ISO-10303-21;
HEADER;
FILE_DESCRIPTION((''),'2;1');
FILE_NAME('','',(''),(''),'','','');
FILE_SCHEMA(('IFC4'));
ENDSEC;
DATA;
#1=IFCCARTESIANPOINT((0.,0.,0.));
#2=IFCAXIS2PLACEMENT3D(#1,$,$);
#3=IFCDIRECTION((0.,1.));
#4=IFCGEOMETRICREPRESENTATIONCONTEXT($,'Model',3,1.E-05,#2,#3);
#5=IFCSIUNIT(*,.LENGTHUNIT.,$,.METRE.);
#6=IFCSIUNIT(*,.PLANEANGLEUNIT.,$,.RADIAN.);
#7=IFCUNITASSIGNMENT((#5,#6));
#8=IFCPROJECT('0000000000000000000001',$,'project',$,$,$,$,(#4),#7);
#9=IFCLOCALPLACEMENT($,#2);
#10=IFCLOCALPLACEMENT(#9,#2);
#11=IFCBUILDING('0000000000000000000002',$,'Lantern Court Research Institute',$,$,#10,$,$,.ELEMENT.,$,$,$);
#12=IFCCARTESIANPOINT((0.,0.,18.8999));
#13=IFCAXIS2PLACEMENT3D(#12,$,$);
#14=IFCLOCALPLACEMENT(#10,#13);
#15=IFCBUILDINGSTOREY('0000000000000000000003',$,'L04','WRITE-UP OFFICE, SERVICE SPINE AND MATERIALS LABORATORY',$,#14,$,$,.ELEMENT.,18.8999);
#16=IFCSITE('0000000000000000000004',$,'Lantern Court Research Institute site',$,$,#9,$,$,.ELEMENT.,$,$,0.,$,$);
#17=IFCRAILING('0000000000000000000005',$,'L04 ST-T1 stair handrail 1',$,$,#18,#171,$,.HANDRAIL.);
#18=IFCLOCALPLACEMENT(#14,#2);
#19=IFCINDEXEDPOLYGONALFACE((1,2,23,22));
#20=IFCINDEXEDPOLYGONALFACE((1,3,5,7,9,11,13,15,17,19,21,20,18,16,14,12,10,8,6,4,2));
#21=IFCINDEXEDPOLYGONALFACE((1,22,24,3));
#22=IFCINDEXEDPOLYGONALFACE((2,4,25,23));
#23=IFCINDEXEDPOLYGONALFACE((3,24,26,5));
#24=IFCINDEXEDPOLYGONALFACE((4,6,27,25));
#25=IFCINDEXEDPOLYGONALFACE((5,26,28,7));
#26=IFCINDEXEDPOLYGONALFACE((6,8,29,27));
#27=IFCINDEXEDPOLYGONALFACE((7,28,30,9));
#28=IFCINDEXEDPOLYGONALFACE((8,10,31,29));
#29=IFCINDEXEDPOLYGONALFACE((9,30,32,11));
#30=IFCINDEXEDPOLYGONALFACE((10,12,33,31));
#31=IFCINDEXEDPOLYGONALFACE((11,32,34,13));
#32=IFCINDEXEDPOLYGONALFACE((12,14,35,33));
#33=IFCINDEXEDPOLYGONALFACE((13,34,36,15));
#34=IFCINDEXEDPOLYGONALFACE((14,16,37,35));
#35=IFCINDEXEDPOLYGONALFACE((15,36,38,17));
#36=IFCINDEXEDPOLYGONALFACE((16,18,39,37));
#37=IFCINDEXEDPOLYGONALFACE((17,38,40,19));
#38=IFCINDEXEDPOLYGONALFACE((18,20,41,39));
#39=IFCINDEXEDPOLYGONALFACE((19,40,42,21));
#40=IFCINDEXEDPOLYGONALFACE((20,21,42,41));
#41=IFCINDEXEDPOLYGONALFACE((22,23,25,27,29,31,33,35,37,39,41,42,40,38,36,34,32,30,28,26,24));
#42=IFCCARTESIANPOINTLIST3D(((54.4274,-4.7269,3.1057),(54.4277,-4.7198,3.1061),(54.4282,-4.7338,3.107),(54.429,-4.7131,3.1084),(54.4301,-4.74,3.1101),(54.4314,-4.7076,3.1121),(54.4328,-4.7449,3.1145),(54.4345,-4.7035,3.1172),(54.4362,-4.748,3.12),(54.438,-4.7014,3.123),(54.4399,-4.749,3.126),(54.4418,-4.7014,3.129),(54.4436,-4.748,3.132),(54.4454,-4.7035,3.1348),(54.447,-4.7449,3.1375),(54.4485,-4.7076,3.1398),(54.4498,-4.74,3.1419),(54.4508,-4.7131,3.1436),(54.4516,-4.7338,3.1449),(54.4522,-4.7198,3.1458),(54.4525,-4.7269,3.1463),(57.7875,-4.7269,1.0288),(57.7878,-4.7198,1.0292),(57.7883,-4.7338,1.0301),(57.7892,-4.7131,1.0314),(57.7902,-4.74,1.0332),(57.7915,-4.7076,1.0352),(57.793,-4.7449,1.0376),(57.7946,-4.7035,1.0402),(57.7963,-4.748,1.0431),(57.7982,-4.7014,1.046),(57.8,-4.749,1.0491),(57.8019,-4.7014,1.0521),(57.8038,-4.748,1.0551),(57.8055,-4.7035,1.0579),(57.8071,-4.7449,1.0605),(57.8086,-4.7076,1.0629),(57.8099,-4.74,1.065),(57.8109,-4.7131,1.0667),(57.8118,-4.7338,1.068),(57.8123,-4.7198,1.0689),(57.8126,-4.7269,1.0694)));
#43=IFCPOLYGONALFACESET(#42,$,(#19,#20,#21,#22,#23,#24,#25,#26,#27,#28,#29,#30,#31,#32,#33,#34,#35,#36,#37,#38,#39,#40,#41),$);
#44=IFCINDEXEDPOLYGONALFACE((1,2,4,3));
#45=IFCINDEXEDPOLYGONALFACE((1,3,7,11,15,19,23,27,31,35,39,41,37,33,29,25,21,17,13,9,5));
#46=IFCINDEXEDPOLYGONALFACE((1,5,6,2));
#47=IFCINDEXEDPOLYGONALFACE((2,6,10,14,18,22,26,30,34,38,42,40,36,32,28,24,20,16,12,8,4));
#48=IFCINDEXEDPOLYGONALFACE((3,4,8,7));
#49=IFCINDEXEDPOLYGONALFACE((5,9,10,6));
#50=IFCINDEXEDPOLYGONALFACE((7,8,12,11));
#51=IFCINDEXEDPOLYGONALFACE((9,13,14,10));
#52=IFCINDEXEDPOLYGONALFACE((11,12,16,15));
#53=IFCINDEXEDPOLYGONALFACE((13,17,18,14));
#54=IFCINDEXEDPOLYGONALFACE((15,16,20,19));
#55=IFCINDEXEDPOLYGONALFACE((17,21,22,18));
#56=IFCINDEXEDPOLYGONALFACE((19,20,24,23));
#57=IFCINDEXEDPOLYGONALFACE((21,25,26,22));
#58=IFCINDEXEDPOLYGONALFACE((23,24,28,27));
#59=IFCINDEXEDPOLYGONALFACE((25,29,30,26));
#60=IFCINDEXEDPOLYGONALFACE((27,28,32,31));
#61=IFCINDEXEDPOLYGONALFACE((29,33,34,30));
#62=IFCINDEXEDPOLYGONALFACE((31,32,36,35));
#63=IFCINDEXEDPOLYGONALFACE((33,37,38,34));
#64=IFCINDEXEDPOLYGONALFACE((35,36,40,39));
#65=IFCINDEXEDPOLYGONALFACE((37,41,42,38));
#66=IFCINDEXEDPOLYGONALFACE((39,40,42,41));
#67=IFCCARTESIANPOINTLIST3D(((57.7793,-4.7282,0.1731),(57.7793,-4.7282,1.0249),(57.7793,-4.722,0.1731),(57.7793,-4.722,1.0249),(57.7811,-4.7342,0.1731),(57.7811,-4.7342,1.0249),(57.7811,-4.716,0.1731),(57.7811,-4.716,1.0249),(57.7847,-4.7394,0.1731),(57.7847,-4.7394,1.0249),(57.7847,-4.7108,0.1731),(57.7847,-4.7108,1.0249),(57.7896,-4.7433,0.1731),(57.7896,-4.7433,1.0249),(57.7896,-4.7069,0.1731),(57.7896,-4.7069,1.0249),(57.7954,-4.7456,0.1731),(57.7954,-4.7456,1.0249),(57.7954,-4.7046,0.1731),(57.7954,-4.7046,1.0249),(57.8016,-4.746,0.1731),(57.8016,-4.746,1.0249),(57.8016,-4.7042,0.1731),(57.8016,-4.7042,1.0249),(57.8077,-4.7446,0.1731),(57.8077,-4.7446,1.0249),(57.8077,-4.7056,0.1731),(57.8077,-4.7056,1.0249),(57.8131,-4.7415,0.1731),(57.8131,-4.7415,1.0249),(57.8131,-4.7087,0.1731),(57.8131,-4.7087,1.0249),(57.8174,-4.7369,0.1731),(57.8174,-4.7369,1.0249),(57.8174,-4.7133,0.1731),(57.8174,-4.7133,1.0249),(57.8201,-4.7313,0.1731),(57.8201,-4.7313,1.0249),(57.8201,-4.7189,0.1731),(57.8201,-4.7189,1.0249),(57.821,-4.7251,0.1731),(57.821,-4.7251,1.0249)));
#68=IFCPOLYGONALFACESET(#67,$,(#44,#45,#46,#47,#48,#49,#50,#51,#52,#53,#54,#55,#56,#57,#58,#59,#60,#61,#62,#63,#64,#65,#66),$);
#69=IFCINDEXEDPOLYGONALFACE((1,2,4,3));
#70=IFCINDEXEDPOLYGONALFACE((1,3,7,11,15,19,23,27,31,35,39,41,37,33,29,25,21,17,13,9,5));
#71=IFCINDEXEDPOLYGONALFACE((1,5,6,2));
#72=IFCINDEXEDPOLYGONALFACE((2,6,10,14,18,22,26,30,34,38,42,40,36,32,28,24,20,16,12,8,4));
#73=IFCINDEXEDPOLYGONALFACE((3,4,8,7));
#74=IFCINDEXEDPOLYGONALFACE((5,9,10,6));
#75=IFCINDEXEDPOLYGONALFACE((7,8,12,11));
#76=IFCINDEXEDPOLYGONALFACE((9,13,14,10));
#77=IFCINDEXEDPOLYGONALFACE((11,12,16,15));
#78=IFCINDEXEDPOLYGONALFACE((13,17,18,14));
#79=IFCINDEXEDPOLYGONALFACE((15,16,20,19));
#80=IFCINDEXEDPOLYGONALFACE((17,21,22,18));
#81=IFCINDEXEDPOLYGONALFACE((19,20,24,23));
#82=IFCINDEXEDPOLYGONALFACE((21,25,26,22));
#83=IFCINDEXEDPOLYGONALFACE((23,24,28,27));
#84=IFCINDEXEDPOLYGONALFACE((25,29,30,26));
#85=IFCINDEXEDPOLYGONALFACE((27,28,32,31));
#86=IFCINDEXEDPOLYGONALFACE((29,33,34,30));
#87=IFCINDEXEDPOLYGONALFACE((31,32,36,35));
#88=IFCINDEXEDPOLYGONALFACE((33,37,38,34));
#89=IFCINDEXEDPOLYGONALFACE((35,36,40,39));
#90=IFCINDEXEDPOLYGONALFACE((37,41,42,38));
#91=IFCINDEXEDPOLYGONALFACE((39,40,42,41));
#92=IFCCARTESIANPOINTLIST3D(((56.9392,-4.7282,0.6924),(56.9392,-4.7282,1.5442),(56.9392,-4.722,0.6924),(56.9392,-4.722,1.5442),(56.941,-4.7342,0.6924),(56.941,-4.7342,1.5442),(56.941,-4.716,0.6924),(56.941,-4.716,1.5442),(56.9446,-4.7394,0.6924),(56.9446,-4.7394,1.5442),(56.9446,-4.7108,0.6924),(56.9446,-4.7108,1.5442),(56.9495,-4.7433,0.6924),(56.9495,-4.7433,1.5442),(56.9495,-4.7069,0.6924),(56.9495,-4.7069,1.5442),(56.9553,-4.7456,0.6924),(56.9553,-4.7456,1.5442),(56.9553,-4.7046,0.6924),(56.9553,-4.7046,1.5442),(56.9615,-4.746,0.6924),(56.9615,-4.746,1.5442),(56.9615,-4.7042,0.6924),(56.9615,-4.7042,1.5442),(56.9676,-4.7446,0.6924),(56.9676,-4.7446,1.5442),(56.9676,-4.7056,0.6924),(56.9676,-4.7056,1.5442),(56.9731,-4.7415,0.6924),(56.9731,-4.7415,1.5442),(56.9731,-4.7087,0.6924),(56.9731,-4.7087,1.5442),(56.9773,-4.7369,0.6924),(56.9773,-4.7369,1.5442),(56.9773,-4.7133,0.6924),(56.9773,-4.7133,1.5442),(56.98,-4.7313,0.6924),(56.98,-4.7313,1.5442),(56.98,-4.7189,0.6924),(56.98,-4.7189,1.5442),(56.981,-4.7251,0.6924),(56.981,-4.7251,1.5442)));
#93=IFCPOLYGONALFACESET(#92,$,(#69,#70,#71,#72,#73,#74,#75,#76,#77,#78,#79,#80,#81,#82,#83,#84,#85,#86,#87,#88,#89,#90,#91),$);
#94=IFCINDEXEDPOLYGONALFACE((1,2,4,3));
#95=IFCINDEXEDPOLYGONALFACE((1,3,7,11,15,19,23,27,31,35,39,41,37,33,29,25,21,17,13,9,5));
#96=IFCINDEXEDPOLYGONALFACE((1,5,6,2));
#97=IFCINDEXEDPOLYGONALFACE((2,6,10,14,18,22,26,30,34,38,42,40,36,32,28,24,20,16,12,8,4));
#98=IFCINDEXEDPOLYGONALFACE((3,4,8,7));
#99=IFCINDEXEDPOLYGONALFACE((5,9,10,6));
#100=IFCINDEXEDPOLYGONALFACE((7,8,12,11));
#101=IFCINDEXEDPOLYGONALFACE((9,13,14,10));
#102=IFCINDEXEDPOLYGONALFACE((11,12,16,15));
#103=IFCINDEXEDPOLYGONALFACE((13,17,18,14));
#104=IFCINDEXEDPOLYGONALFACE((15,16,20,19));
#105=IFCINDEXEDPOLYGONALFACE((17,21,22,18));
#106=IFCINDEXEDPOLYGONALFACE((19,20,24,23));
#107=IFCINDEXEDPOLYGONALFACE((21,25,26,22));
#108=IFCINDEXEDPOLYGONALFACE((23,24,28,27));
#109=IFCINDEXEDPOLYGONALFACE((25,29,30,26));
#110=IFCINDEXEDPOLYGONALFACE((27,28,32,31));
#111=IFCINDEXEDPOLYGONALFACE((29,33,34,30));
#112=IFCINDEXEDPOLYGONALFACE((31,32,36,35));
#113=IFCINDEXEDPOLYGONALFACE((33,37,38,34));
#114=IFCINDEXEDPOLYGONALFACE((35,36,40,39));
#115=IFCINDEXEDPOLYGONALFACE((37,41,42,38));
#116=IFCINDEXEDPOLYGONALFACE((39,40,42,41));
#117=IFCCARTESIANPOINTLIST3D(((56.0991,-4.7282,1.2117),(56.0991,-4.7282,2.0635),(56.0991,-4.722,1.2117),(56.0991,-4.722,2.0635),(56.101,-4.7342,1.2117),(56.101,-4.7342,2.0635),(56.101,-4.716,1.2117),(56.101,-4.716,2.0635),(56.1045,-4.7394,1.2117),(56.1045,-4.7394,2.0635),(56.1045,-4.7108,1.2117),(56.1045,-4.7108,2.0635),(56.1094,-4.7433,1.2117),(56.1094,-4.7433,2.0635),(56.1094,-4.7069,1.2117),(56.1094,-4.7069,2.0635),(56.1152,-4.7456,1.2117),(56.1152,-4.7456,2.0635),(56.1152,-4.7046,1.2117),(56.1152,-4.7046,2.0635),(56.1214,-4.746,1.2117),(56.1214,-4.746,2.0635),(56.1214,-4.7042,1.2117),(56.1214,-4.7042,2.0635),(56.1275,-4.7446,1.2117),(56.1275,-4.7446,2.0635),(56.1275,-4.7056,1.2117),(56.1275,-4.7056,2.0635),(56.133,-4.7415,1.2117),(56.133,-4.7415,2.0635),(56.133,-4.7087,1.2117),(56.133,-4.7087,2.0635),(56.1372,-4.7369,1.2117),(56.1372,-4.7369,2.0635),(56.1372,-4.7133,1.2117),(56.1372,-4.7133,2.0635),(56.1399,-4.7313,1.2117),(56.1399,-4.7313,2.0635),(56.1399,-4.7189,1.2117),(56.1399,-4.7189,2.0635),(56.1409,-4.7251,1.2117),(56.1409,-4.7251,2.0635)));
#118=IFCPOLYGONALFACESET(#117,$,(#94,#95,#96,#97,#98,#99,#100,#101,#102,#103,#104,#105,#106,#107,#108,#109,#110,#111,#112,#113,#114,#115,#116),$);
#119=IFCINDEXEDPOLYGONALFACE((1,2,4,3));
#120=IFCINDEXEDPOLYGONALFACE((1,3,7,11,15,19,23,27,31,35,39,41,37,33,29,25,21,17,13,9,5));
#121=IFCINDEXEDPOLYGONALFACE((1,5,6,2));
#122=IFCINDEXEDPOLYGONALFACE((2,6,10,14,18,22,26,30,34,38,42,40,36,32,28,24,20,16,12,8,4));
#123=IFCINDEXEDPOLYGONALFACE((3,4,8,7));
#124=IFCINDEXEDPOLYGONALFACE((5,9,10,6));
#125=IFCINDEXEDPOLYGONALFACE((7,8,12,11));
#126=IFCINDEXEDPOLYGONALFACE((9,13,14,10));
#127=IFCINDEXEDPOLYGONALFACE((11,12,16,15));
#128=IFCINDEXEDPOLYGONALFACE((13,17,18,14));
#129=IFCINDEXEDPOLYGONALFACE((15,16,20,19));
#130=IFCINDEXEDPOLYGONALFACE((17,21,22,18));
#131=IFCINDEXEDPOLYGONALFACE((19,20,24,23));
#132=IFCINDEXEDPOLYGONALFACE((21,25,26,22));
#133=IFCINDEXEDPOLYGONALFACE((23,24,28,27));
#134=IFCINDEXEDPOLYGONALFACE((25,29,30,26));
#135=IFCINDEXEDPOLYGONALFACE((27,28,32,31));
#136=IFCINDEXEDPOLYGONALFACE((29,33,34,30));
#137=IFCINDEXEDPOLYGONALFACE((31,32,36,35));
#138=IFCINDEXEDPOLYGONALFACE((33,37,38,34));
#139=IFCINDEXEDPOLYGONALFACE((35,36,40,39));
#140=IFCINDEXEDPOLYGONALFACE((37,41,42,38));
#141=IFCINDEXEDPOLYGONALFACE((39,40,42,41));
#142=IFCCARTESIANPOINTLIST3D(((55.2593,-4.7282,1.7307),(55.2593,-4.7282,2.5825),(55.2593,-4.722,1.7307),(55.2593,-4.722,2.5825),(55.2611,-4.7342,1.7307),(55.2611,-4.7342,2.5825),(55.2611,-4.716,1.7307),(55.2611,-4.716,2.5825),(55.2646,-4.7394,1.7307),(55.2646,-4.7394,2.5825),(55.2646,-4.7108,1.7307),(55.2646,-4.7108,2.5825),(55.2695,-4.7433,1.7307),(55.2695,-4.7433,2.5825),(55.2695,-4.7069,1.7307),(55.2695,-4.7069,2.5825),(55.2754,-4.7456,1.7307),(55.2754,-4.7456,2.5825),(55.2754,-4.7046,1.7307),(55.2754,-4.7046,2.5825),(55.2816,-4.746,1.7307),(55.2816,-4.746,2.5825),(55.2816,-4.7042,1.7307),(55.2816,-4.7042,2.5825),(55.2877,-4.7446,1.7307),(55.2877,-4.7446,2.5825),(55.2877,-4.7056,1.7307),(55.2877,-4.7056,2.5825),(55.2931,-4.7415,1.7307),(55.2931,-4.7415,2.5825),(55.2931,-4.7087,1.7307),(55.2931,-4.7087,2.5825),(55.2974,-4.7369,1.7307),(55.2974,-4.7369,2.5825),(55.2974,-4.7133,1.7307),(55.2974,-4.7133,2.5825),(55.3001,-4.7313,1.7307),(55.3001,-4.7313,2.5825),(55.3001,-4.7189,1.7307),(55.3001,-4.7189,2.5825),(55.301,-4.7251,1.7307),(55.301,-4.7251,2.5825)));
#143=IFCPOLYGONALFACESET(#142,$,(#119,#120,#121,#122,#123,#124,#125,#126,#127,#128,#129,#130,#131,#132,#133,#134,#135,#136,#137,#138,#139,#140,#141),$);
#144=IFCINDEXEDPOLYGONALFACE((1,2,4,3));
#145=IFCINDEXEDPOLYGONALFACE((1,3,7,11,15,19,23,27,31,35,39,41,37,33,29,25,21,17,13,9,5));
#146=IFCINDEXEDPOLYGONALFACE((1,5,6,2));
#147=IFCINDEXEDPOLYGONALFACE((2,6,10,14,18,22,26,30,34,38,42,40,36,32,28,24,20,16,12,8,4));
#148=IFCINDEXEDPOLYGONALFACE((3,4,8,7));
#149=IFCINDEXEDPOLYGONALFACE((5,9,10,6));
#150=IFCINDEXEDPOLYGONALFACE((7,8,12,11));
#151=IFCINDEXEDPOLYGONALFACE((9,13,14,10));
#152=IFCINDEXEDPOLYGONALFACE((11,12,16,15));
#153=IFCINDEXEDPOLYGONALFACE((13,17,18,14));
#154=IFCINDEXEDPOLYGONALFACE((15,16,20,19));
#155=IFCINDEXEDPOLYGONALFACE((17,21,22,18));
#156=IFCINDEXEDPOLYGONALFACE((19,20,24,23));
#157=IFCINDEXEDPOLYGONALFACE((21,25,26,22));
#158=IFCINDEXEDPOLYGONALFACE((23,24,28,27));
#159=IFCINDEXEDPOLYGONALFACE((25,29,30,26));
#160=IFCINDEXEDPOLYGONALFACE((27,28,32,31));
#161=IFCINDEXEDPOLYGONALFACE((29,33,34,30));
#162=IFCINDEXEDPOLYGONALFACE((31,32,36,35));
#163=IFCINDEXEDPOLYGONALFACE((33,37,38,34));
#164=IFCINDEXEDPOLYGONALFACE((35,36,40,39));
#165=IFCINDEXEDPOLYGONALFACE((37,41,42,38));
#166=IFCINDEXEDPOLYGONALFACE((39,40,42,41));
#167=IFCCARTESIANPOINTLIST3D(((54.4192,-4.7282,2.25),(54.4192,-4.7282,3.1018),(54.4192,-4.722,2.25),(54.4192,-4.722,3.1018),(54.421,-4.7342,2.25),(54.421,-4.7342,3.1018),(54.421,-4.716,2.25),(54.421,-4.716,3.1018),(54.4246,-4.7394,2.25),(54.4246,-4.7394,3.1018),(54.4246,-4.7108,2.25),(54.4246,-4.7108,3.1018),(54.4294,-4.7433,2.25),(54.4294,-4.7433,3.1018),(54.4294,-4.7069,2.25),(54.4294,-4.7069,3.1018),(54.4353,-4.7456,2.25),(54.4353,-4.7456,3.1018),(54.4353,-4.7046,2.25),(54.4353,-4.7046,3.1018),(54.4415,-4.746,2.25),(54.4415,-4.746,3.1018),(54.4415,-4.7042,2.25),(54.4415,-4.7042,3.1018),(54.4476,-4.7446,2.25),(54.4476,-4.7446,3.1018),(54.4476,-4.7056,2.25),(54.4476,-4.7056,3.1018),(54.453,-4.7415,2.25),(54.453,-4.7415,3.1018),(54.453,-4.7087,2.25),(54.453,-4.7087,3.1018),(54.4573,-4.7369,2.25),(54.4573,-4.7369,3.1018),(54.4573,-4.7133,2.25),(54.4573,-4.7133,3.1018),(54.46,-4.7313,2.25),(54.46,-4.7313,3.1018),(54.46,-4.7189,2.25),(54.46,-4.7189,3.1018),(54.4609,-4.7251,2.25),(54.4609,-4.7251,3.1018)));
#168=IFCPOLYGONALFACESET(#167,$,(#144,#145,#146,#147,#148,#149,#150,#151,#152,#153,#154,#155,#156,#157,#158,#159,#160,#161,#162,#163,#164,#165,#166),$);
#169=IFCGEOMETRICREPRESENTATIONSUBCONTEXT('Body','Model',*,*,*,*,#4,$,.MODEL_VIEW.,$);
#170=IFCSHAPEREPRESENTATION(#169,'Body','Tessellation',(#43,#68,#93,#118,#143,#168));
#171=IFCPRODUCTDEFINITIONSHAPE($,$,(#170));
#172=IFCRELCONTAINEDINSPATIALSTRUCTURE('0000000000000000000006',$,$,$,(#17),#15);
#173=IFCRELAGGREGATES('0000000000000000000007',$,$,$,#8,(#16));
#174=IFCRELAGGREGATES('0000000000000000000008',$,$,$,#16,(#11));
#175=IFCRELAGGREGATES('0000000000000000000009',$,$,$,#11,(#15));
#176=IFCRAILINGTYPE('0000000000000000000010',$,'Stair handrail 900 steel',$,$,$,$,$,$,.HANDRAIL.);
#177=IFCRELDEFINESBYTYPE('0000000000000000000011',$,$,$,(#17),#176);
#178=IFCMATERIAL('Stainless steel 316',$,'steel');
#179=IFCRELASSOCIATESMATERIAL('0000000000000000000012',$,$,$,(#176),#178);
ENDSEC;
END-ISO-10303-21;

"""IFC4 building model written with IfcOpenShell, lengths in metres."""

from ifc_helpers import new_model, si_unit, direction, frame, origin, origin_2d, place, context, subcontext, project, spatial, circle, extrude, material, type_object, element, save


model = new_model("IFC4")

# Units and contexts
model_context = context("Model", 3, precision=1e-05, world=origin(), true_north=direction((0.0, 1.0)))
body_context = subcontext(model_context, "Body", "Model", "MODEL_VIEW")
ifc_project = project(units=[si_unit("LENGTHUNIT", "METRE"), si_unit("PLANEANGLEUNIT", "RADIAN")], contexts=[model_context])

# Site, building, storey
site_placement = place(None, origin())
site = spatial("IfcSite", under=ifc_project, at=site_placement, Name="Lantern Court Research Institute site", CompositionType="ELEMENT", RefElevation=0.0)
building_placement = place(site_placement, origin())
building = spatial("IfcBuilding", under=site, at=building_placement, Name="Lantern Court Research Institute", CompositionType="ELEMENT")
storey_placement = place(building_placement, frame((0.0, 0.0, 18.8999)))
storey = spatial("IfcBuildingStorey", under=building, at=storey_placement, Name="L04", Description="WRITE-UP OFFICE, SERVICE SPINE AND MATERIALS LABORATORY", CompositionType="ELEMENT", Elevation=18.8999)

# Railing
ifc_material_1 = material(Name="Stainless steel 316", Category="steel")
railing_type_1 = type_object("IfcRailingType", Name="Stair handrail 900 steel", PredefinedType="HANDRAIL", material=ifc_material_1)
railing_1_placement = place(storey_placement, frame((57.8, -4.7251, 0.1731)))
element("IfcRailing", 1, at=railing_1_placement, inside=storey, type_object=railing_type_1, Name="L04 ST-T1 stair handrail 1", PredefinedType="HANDRAIL", context=body_context, shape_type="SweptSolid", body=[
    extrude(circle(Radius=0.0239, at=origin_2d()), frame((0.0, 0.0, 0.876), z_axis=(-0.850623, 0.0, 0.525776), x_axis=(0.0, -1.0, 0.0)), (0.0, 0.0, 1.0), 3.9502),
    extrude(circle(Radius=0.021, at=origin_2d()), origin(), (0.0, 0.0, 1.0), 0.8518),
    extrude(circle(Radius=0.021, at=origin_2d()), frame((-0.8401, 0.0, 0.5193)), (0.0, 0.0, 1.0), 0.8518),
    extrude(circle(Radius=0.021, at=origin_2d()), frame((-1.6802, 0.0, 1.0386)), (0.0, 0.0, 1.0), 0.8518),
    extrude(circle(Radius=0.021, at=origin_2d()), frame((-2.52, 0.0, 1.5576)), (0.0, 0.0, 1.0), 0.8518),
    extrude(circle(Radius=0.021, at=origin_2d()), frame((-3.3601, 0.0, 2.0769)), (0.0, 0.0, 1.0), 0.8518),
])

save(model, "model.ifc")
